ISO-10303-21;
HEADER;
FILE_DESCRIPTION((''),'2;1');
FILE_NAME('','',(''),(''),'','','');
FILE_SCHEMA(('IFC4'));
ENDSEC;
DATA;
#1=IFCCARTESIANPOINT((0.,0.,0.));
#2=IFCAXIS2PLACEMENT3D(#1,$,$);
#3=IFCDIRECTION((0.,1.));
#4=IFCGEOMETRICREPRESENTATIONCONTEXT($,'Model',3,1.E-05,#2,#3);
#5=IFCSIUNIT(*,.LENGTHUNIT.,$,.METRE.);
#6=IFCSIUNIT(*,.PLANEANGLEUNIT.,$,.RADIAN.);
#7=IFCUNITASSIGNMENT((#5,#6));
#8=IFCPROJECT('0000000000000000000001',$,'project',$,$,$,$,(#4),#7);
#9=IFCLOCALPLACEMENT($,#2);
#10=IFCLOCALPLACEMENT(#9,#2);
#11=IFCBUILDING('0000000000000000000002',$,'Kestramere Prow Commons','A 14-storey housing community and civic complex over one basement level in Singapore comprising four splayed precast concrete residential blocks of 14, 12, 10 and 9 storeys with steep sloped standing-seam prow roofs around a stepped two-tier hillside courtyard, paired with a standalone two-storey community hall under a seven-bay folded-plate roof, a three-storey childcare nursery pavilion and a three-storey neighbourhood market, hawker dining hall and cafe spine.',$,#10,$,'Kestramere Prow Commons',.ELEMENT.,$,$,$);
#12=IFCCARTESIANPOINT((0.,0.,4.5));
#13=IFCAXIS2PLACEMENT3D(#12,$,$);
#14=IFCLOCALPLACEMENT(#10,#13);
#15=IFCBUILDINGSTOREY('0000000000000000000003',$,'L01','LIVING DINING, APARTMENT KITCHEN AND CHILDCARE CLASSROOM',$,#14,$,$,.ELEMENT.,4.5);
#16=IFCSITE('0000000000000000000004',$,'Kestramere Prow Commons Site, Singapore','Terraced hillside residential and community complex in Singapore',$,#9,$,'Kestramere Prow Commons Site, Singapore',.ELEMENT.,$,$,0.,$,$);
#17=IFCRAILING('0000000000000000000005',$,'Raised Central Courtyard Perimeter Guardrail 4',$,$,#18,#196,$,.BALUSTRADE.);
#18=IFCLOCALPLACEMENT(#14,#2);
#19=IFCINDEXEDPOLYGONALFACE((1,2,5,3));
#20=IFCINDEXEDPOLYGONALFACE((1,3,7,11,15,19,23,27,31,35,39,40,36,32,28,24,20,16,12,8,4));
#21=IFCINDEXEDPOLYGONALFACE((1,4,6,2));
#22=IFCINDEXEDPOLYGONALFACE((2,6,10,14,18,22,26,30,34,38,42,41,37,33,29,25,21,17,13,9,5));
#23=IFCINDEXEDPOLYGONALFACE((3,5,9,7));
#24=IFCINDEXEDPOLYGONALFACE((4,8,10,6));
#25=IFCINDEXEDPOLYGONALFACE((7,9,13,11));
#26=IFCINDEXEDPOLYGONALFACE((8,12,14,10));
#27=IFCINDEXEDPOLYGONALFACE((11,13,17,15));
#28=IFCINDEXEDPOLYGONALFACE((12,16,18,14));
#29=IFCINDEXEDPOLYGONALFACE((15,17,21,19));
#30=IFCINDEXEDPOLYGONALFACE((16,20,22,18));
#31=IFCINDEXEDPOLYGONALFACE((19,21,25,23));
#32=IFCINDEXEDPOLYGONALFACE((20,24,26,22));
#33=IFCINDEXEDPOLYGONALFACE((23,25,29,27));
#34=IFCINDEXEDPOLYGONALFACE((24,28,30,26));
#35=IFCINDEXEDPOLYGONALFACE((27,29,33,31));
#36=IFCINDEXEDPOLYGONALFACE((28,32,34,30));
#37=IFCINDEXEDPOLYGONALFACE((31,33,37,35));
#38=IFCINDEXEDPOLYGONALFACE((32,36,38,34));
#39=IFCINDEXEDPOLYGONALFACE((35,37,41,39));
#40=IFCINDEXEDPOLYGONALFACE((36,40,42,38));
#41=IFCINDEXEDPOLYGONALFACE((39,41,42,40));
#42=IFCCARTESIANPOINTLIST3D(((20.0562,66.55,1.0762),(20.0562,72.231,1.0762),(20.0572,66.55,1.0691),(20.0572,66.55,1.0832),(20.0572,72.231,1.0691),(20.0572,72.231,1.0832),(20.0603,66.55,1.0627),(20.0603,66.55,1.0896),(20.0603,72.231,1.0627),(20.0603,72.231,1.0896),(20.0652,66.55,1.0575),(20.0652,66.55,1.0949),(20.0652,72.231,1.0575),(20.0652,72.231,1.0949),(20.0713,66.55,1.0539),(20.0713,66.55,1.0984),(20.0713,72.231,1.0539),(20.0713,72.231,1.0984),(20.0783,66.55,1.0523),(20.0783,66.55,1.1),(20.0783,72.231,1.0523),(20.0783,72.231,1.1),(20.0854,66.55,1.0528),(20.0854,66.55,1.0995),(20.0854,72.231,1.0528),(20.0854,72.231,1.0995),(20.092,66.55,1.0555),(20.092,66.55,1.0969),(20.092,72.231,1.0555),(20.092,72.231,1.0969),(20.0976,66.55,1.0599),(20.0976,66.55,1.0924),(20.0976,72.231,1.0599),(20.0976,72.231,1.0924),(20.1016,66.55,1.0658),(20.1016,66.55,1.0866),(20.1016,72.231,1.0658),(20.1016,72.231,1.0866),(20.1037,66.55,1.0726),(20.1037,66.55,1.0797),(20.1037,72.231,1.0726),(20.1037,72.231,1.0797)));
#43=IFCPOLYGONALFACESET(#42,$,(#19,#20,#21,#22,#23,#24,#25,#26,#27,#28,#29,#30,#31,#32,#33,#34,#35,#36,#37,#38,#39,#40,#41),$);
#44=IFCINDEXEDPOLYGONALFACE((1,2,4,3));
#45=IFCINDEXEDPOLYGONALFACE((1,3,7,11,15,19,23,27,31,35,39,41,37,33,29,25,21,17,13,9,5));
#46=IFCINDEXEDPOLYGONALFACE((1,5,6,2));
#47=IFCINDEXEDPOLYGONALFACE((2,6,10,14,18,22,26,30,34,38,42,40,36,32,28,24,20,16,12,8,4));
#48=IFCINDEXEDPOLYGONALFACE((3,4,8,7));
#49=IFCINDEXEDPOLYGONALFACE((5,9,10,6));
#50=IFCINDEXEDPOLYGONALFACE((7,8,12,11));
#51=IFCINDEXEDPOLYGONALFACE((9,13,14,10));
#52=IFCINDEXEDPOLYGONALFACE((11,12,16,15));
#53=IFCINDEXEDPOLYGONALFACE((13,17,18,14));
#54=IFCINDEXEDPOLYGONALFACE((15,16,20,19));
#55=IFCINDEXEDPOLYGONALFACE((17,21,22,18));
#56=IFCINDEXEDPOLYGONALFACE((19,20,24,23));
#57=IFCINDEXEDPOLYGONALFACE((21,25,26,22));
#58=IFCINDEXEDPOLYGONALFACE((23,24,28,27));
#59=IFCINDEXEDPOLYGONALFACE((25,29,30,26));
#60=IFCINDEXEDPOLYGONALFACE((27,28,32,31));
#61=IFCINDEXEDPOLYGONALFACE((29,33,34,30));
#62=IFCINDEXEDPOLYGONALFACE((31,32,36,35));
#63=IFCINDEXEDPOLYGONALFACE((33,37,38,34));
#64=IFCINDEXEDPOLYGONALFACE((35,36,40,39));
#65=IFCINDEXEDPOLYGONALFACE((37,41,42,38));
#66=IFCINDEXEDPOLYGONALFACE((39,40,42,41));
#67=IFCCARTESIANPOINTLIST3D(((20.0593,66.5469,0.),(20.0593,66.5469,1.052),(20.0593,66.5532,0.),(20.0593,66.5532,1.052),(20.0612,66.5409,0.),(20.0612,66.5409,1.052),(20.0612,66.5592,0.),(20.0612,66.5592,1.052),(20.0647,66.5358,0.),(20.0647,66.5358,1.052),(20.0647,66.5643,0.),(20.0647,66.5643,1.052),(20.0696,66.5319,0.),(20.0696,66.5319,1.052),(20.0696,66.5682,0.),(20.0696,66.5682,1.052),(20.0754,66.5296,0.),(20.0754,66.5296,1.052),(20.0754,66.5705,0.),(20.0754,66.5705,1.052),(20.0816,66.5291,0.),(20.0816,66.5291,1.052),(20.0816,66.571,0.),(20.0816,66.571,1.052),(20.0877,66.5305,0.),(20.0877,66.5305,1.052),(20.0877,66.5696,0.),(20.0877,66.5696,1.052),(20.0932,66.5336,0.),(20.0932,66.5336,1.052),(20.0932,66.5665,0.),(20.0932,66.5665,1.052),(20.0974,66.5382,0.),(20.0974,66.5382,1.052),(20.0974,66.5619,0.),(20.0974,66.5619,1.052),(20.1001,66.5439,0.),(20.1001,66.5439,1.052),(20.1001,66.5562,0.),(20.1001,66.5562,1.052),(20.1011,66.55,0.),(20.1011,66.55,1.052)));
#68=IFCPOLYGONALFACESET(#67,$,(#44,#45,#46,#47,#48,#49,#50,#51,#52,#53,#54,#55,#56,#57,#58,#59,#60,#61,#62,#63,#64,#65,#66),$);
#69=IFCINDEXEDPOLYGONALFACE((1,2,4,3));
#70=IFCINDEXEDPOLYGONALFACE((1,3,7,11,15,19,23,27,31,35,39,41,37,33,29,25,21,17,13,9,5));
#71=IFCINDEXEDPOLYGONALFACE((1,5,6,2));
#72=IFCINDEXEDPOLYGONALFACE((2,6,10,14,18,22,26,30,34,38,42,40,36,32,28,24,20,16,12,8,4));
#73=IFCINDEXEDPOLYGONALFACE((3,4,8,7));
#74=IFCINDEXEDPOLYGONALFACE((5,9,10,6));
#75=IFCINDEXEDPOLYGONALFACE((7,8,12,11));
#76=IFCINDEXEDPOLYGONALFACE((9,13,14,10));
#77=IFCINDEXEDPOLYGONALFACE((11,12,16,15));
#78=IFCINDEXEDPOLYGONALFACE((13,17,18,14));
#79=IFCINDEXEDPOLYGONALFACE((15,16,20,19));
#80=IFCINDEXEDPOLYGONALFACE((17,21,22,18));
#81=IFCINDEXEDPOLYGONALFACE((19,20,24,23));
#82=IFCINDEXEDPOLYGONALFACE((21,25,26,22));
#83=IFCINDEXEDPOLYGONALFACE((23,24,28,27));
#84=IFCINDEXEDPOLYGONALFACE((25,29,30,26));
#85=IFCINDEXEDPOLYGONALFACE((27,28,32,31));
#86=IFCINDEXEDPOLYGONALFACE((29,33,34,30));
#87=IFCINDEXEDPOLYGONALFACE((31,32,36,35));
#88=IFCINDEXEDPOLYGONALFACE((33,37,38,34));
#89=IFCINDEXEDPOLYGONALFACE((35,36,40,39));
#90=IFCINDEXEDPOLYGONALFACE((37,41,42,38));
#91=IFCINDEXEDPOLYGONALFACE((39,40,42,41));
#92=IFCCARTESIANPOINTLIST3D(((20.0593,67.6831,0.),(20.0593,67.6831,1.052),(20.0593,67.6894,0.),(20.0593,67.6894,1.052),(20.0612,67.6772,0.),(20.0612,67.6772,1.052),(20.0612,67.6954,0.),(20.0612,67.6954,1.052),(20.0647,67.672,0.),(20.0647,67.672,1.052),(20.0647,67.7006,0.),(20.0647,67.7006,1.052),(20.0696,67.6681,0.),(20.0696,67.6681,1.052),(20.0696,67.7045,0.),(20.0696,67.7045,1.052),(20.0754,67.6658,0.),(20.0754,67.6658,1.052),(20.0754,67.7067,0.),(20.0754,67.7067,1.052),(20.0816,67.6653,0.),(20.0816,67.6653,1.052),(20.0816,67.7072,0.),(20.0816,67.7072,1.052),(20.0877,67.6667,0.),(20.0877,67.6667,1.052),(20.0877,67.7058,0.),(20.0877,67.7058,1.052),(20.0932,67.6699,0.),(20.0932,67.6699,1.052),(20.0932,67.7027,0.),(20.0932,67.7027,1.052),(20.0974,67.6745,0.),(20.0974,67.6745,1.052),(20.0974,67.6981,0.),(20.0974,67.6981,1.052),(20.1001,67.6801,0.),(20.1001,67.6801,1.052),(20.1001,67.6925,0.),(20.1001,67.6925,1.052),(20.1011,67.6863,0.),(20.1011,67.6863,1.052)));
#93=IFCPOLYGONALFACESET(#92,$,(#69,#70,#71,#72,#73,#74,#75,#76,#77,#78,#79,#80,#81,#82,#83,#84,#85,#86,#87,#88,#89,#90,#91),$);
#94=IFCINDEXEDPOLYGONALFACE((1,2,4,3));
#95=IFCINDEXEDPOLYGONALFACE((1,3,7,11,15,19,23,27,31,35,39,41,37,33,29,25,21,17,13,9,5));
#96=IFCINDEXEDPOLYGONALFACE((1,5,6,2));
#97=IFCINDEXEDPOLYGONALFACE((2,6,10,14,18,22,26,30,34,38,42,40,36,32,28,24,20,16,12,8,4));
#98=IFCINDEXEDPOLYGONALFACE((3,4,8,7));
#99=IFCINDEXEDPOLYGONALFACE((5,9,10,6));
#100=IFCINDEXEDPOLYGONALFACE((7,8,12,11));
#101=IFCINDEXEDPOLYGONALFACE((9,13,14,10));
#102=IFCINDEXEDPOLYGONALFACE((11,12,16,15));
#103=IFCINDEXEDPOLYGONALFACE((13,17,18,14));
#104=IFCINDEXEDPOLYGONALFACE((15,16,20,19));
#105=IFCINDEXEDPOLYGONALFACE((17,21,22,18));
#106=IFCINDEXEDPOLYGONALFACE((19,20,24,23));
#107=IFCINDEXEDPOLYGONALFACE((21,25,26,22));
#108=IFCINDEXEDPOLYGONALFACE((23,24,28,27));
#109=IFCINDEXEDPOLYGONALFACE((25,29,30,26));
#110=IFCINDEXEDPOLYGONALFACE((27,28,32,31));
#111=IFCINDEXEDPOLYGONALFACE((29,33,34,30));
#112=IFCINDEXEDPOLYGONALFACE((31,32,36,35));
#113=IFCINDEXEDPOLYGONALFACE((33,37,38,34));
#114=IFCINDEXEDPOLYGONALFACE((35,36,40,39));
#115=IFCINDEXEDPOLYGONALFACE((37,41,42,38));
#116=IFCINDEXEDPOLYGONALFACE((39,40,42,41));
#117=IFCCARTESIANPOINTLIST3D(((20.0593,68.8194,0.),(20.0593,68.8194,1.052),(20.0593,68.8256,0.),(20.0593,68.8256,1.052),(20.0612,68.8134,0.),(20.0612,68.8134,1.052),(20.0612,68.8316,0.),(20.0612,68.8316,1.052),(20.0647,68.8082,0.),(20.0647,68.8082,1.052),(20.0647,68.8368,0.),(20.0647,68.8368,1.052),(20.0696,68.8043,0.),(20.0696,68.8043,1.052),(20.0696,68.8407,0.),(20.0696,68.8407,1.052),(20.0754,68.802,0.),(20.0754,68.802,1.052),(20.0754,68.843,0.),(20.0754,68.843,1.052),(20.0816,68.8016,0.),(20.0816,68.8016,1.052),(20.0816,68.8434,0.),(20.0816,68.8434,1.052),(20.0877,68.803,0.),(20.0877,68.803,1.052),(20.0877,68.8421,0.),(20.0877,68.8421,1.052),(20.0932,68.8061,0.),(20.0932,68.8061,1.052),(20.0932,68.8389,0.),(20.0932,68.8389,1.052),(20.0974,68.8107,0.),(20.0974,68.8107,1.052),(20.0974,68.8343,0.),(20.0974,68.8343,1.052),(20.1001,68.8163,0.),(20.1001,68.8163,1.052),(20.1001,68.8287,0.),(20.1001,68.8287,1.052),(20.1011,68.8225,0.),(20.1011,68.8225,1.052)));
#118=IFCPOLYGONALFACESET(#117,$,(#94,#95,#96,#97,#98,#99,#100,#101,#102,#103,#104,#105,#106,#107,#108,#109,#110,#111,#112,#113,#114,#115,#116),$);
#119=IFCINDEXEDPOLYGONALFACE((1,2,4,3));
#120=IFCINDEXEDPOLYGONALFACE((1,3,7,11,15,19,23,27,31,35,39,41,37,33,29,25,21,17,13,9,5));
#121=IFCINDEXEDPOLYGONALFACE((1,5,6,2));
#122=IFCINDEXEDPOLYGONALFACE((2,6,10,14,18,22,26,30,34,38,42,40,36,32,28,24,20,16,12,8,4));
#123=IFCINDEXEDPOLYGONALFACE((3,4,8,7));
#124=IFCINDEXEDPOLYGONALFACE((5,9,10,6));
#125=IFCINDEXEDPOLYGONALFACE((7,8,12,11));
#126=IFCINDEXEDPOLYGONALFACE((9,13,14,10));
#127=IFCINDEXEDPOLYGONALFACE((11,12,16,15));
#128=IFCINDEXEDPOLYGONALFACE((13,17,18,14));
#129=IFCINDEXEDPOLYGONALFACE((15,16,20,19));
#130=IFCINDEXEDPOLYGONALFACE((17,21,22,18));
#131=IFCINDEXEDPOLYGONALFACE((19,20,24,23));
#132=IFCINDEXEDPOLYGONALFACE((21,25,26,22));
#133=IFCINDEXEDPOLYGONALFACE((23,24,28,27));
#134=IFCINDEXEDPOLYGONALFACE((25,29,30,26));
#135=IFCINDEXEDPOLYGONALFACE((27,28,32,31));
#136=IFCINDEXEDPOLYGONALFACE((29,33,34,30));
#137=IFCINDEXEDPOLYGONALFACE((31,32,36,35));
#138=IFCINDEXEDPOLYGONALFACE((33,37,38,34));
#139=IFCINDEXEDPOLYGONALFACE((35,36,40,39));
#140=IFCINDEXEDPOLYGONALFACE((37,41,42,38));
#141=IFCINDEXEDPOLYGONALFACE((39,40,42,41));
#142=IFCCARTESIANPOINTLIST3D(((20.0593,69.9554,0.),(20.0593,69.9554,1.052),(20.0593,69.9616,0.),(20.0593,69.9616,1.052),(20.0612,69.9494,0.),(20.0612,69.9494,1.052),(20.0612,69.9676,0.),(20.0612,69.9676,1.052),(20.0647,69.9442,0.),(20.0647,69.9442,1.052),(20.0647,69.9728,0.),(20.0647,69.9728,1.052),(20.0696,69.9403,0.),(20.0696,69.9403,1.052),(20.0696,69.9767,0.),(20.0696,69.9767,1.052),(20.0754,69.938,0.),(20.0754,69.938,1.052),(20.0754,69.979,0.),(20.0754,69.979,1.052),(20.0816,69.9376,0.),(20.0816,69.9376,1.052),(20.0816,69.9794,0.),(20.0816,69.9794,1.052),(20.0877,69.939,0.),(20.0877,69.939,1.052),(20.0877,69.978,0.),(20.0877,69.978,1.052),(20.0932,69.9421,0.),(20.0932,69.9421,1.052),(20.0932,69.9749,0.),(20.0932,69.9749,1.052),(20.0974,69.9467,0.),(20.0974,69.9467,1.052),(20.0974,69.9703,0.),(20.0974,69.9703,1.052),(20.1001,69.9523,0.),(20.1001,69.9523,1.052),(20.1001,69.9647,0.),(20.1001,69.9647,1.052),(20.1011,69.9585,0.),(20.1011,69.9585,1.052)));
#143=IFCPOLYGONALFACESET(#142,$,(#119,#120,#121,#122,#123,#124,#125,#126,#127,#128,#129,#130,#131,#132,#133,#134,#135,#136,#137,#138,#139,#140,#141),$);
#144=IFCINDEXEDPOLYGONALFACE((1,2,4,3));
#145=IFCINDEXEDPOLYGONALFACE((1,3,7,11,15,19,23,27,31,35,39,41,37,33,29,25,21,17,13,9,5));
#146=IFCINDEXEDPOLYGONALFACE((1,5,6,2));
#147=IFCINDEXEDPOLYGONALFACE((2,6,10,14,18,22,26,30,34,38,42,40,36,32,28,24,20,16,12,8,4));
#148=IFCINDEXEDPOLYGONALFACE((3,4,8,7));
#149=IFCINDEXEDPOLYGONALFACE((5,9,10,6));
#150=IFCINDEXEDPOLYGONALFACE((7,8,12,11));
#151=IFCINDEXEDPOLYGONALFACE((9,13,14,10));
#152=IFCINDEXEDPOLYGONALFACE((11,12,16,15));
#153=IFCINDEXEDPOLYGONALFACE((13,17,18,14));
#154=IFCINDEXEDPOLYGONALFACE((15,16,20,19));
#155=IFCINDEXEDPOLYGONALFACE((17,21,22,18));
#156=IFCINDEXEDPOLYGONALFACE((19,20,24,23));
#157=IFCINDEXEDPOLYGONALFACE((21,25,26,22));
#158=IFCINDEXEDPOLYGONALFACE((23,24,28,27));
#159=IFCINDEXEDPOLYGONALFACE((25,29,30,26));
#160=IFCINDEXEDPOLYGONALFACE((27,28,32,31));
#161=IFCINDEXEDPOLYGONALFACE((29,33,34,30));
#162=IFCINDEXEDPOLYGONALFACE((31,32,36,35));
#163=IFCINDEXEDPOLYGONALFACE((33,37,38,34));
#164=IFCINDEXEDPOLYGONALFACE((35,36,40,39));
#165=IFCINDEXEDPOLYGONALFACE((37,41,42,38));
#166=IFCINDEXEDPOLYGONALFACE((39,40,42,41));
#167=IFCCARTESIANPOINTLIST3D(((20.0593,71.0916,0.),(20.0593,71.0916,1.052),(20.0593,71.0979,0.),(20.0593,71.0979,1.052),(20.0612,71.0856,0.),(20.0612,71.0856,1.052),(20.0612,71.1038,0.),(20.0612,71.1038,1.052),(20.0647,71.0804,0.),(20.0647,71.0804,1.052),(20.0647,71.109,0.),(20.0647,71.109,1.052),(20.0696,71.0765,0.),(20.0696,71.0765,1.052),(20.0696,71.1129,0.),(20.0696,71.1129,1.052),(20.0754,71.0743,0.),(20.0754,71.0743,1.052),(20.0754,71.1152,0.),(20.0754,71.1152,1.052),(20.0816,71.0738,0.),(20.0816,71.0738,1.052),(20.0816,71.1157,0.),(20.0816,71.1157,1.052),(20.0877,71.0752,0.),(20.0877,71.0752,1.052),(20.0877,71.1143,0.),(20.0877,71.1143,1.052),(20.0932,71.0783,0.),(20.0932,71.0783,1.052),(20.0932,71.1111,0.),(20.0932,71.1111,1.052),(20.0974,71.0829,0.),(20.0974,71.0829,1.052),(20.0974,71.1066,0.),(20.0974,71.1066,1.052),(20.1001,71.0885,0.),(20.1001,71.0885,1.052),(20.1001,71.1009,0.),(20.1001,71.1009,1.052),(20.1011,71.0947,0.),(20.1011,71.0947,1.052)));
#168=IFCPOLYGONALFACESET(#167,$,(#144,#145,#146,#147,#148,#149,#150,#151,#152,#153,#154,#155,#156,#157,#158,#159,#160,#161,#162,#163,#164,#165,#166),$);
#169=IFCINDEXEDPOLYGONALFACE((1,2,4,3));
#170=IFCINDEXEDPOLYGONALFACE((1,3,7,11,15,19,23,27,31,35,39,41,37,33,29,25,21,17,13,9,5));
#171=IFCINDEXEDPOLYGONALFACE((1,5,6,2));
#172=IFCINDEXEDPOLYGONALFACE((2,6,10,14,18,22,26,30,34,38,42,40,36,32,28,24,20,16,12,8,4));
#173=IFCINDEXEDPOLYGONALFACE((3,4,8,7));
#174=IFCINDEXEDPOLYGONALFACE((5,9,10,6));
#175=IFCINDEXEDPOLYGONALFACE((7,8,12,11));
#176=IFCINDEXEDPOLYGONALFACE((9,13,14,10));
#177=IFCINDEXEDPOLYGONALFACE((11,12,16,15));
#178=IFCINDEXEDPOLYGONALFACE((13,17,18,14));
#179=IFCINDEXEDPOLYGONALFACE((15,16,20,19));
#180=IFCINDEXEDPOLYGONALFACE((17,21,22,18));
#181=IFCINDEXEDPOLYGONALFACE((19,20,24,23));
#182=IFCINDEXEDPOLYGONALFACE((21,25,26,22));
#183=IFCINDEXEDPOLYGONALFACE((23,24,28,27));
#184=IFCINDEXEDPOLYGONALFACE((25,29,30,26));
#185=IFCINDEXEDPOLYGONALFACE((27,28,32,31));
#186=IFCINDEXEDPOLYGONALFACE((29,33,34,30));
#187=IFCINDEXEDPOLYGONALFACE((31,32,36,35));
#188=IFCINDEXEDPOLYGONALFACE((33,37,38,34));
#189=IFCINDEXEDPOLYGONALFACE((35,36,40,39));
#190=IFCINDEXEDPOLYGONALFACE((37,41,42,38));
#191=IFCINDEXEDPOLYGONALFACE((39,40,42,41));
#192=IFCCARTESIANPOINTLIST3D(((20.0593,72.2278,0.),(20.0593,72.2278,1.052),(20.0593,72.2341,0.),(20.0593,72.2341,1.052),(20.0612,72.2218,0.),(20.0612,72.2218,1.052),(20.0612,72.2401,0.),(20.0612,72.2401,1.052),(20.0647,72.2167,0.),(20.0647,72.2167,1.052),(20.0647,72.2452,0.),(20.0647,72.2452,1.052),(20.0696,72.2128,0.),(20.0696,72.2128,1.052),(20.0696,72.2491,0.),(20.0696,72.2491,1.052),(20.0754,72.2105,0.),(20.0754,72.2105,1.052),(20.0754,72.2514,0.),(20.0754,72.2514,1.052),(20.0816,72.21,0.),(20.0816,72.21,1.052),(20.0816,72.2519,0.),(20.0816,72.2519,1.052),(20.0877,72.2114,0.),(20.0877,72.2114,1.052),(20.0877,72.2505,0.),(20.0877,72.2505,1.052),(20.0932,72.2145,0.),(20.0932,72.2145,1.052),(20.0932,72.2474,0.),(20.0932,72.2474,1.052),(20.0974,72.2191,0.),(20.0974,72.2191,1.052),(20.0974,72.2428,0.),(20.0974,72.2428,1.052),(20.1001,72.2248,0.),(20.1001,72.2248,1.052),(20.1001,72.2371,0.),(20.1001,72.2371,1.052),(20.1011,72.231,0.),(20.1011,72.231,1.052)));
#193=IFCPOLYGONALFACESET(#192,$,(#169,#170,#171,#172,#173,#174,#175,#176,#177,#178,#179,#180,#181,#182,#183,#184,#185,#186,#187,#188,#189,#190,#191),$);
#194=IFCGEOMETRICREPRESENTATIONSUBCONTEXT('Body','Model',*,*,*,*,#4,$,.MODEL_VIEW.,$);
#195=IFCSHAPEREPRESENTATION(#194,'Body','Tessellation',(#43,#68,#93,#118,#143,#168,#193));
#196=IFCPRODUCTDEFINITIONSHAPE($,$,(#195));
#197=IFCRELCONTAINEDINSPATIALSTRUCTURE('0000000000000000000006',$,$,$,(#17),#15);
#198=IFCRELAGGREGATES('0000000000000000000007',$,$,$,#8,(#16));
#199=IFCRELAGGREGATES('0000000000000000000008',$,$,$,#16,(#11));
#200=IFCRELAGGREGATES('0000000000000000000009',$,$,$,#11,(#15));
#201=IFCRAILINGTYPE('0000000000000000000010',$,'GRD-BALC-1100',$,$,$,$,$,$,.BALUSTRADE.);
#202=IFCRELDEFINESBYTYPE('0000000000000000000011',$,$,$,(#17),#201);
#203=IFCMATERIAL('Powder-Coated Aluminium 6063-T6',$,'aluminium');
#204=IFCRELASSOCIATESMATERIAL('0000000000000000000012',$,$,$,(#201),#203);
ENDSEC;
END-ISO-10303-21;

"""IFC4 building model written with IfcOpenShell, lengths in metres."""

from ifc_helpers import new_model, si_unit, direction, frame, origin, origin_2d, place, context, subcontext, project, spatial, circle, extrude, material, type_object, element, save


model = new_model("IFC4")

# Units and contexts
model_context = context("Model", 3, precision=1e-05, world=origin(), true_north=direction((0.0, 1.0)))
body_context = subcontext(model_context, "Body", "Model", "MODEL_VIEW")
ifc_project = project(units=[si_unit("LENGTHUNIT", "METRE"), si_unit("PLANEANGLEUNIT", "RADIAN")], contexts=[model_context])

# Site, building, storey
site_placement = place(None, origin())
site = spatial("IfcSite", under=ifc_project, at=site_placement, Name="Kestramere Prow Commons Site, Singapore", Description="Terraced hillside residential and community complex in Singapore", LongName="Kestramere Prow Commons Site, Singapore", CompositionType="ELEMENT", RefElevation=0.0)
building_placement = place(site_placement, origin())
building = spatial("IfcBuilding", under=site, at=building_placement, Name="Kestramere Prow Commons", Description="A 14-storey housing community and civic complex over one basement level in Singapore comprising four splayed precast concrete residential blocks of 14, 12, 10 and 9 storeys with steep sloped standing-seam prow roofs around a stepped two-tier hillside courtyard, paired with a standalone two-storey community hall under a seven-bay folded-plate roof, a three-storey childcare nursery pavilion and a three-storey neighbourhood market, hawker dining hall and cafe spine.", LongName="Kestramere Prow Commons", CompositionType="ELEMENT")
storey_placement = place(building_placement, frame((0.0, 0.0, 4.5)))
storey = spatial("IfcBuildingStorey", under=building, at=storey_placement, Name="L01", Description="LIVING DINING, APARTMENT KITCHEN AND CHILDCARE CLASSROOM", CompositionType="ELEMENT", Elevation=4.5)

# Railing
ifc_material_1 = material(Name="Powder-Coated Aluminium 6063-T6", Category="aluminium")
railing_type = type_object("IfcRailingType", Name="GRD-BALC-1100", PredefinedType="BALUSTRADE", material=ifc_material_1)
railing_placement = place(storey_placement, frame((20.0801, 66.55, 0.0)))
element("IfcRailing", 1, at=railing_placement, inside=storey, type_object=railing_type, Name="Raised Central Courtyard Perimeter Guardrail 4", PredefinedType="BALUSTRADE", context=body_context, shape_type="SweptSolid", body=[
    extrude(circle(Radius=0.0239, at=origin_2d()), frame((0.0, 0.0, 1.0762), z_axis=(0.0, 1.0, 0.0), x_axis=(-1.0, 0.0, 0.0)), (0.0, 0.0, 1.0), 5.6809),
    extrude(circle(Radius=0.021, at=origin_2d()), origin(), (0.0, 0.0, 1.0), 1.052),
    extrude(circle(Radius=0.021, at=origin_2d()), frame((0.0, 1.1362, 0.0)), (0.0, 0.0, 1.0), 1.052),
    extrude(circle(Radius=0.021, at=origin_2d()), frame((0.0, 2.2725, 0.0)), (0.0, 0.0, 1.0), 1.052),
    extrude(circle(Radius=0.021, at=origin_2d()), frame((0.0, 3.4084, 0.0)), (0.0, 0.0, 1.0), 1.052),
    extrude(circle(Radius=0.021, at=origin_2d()), frame((0.0, 4.5447, 0.0)), (0.0, 0.0, 1.0), 1.052),
    extrude(circle(Radius=0.021, at=origin_2d()), frame((0.0, 5.6809, 0.0)), (0.0, 0.0, 1.0), 1.052),
])

save(model, "model.ifc")
